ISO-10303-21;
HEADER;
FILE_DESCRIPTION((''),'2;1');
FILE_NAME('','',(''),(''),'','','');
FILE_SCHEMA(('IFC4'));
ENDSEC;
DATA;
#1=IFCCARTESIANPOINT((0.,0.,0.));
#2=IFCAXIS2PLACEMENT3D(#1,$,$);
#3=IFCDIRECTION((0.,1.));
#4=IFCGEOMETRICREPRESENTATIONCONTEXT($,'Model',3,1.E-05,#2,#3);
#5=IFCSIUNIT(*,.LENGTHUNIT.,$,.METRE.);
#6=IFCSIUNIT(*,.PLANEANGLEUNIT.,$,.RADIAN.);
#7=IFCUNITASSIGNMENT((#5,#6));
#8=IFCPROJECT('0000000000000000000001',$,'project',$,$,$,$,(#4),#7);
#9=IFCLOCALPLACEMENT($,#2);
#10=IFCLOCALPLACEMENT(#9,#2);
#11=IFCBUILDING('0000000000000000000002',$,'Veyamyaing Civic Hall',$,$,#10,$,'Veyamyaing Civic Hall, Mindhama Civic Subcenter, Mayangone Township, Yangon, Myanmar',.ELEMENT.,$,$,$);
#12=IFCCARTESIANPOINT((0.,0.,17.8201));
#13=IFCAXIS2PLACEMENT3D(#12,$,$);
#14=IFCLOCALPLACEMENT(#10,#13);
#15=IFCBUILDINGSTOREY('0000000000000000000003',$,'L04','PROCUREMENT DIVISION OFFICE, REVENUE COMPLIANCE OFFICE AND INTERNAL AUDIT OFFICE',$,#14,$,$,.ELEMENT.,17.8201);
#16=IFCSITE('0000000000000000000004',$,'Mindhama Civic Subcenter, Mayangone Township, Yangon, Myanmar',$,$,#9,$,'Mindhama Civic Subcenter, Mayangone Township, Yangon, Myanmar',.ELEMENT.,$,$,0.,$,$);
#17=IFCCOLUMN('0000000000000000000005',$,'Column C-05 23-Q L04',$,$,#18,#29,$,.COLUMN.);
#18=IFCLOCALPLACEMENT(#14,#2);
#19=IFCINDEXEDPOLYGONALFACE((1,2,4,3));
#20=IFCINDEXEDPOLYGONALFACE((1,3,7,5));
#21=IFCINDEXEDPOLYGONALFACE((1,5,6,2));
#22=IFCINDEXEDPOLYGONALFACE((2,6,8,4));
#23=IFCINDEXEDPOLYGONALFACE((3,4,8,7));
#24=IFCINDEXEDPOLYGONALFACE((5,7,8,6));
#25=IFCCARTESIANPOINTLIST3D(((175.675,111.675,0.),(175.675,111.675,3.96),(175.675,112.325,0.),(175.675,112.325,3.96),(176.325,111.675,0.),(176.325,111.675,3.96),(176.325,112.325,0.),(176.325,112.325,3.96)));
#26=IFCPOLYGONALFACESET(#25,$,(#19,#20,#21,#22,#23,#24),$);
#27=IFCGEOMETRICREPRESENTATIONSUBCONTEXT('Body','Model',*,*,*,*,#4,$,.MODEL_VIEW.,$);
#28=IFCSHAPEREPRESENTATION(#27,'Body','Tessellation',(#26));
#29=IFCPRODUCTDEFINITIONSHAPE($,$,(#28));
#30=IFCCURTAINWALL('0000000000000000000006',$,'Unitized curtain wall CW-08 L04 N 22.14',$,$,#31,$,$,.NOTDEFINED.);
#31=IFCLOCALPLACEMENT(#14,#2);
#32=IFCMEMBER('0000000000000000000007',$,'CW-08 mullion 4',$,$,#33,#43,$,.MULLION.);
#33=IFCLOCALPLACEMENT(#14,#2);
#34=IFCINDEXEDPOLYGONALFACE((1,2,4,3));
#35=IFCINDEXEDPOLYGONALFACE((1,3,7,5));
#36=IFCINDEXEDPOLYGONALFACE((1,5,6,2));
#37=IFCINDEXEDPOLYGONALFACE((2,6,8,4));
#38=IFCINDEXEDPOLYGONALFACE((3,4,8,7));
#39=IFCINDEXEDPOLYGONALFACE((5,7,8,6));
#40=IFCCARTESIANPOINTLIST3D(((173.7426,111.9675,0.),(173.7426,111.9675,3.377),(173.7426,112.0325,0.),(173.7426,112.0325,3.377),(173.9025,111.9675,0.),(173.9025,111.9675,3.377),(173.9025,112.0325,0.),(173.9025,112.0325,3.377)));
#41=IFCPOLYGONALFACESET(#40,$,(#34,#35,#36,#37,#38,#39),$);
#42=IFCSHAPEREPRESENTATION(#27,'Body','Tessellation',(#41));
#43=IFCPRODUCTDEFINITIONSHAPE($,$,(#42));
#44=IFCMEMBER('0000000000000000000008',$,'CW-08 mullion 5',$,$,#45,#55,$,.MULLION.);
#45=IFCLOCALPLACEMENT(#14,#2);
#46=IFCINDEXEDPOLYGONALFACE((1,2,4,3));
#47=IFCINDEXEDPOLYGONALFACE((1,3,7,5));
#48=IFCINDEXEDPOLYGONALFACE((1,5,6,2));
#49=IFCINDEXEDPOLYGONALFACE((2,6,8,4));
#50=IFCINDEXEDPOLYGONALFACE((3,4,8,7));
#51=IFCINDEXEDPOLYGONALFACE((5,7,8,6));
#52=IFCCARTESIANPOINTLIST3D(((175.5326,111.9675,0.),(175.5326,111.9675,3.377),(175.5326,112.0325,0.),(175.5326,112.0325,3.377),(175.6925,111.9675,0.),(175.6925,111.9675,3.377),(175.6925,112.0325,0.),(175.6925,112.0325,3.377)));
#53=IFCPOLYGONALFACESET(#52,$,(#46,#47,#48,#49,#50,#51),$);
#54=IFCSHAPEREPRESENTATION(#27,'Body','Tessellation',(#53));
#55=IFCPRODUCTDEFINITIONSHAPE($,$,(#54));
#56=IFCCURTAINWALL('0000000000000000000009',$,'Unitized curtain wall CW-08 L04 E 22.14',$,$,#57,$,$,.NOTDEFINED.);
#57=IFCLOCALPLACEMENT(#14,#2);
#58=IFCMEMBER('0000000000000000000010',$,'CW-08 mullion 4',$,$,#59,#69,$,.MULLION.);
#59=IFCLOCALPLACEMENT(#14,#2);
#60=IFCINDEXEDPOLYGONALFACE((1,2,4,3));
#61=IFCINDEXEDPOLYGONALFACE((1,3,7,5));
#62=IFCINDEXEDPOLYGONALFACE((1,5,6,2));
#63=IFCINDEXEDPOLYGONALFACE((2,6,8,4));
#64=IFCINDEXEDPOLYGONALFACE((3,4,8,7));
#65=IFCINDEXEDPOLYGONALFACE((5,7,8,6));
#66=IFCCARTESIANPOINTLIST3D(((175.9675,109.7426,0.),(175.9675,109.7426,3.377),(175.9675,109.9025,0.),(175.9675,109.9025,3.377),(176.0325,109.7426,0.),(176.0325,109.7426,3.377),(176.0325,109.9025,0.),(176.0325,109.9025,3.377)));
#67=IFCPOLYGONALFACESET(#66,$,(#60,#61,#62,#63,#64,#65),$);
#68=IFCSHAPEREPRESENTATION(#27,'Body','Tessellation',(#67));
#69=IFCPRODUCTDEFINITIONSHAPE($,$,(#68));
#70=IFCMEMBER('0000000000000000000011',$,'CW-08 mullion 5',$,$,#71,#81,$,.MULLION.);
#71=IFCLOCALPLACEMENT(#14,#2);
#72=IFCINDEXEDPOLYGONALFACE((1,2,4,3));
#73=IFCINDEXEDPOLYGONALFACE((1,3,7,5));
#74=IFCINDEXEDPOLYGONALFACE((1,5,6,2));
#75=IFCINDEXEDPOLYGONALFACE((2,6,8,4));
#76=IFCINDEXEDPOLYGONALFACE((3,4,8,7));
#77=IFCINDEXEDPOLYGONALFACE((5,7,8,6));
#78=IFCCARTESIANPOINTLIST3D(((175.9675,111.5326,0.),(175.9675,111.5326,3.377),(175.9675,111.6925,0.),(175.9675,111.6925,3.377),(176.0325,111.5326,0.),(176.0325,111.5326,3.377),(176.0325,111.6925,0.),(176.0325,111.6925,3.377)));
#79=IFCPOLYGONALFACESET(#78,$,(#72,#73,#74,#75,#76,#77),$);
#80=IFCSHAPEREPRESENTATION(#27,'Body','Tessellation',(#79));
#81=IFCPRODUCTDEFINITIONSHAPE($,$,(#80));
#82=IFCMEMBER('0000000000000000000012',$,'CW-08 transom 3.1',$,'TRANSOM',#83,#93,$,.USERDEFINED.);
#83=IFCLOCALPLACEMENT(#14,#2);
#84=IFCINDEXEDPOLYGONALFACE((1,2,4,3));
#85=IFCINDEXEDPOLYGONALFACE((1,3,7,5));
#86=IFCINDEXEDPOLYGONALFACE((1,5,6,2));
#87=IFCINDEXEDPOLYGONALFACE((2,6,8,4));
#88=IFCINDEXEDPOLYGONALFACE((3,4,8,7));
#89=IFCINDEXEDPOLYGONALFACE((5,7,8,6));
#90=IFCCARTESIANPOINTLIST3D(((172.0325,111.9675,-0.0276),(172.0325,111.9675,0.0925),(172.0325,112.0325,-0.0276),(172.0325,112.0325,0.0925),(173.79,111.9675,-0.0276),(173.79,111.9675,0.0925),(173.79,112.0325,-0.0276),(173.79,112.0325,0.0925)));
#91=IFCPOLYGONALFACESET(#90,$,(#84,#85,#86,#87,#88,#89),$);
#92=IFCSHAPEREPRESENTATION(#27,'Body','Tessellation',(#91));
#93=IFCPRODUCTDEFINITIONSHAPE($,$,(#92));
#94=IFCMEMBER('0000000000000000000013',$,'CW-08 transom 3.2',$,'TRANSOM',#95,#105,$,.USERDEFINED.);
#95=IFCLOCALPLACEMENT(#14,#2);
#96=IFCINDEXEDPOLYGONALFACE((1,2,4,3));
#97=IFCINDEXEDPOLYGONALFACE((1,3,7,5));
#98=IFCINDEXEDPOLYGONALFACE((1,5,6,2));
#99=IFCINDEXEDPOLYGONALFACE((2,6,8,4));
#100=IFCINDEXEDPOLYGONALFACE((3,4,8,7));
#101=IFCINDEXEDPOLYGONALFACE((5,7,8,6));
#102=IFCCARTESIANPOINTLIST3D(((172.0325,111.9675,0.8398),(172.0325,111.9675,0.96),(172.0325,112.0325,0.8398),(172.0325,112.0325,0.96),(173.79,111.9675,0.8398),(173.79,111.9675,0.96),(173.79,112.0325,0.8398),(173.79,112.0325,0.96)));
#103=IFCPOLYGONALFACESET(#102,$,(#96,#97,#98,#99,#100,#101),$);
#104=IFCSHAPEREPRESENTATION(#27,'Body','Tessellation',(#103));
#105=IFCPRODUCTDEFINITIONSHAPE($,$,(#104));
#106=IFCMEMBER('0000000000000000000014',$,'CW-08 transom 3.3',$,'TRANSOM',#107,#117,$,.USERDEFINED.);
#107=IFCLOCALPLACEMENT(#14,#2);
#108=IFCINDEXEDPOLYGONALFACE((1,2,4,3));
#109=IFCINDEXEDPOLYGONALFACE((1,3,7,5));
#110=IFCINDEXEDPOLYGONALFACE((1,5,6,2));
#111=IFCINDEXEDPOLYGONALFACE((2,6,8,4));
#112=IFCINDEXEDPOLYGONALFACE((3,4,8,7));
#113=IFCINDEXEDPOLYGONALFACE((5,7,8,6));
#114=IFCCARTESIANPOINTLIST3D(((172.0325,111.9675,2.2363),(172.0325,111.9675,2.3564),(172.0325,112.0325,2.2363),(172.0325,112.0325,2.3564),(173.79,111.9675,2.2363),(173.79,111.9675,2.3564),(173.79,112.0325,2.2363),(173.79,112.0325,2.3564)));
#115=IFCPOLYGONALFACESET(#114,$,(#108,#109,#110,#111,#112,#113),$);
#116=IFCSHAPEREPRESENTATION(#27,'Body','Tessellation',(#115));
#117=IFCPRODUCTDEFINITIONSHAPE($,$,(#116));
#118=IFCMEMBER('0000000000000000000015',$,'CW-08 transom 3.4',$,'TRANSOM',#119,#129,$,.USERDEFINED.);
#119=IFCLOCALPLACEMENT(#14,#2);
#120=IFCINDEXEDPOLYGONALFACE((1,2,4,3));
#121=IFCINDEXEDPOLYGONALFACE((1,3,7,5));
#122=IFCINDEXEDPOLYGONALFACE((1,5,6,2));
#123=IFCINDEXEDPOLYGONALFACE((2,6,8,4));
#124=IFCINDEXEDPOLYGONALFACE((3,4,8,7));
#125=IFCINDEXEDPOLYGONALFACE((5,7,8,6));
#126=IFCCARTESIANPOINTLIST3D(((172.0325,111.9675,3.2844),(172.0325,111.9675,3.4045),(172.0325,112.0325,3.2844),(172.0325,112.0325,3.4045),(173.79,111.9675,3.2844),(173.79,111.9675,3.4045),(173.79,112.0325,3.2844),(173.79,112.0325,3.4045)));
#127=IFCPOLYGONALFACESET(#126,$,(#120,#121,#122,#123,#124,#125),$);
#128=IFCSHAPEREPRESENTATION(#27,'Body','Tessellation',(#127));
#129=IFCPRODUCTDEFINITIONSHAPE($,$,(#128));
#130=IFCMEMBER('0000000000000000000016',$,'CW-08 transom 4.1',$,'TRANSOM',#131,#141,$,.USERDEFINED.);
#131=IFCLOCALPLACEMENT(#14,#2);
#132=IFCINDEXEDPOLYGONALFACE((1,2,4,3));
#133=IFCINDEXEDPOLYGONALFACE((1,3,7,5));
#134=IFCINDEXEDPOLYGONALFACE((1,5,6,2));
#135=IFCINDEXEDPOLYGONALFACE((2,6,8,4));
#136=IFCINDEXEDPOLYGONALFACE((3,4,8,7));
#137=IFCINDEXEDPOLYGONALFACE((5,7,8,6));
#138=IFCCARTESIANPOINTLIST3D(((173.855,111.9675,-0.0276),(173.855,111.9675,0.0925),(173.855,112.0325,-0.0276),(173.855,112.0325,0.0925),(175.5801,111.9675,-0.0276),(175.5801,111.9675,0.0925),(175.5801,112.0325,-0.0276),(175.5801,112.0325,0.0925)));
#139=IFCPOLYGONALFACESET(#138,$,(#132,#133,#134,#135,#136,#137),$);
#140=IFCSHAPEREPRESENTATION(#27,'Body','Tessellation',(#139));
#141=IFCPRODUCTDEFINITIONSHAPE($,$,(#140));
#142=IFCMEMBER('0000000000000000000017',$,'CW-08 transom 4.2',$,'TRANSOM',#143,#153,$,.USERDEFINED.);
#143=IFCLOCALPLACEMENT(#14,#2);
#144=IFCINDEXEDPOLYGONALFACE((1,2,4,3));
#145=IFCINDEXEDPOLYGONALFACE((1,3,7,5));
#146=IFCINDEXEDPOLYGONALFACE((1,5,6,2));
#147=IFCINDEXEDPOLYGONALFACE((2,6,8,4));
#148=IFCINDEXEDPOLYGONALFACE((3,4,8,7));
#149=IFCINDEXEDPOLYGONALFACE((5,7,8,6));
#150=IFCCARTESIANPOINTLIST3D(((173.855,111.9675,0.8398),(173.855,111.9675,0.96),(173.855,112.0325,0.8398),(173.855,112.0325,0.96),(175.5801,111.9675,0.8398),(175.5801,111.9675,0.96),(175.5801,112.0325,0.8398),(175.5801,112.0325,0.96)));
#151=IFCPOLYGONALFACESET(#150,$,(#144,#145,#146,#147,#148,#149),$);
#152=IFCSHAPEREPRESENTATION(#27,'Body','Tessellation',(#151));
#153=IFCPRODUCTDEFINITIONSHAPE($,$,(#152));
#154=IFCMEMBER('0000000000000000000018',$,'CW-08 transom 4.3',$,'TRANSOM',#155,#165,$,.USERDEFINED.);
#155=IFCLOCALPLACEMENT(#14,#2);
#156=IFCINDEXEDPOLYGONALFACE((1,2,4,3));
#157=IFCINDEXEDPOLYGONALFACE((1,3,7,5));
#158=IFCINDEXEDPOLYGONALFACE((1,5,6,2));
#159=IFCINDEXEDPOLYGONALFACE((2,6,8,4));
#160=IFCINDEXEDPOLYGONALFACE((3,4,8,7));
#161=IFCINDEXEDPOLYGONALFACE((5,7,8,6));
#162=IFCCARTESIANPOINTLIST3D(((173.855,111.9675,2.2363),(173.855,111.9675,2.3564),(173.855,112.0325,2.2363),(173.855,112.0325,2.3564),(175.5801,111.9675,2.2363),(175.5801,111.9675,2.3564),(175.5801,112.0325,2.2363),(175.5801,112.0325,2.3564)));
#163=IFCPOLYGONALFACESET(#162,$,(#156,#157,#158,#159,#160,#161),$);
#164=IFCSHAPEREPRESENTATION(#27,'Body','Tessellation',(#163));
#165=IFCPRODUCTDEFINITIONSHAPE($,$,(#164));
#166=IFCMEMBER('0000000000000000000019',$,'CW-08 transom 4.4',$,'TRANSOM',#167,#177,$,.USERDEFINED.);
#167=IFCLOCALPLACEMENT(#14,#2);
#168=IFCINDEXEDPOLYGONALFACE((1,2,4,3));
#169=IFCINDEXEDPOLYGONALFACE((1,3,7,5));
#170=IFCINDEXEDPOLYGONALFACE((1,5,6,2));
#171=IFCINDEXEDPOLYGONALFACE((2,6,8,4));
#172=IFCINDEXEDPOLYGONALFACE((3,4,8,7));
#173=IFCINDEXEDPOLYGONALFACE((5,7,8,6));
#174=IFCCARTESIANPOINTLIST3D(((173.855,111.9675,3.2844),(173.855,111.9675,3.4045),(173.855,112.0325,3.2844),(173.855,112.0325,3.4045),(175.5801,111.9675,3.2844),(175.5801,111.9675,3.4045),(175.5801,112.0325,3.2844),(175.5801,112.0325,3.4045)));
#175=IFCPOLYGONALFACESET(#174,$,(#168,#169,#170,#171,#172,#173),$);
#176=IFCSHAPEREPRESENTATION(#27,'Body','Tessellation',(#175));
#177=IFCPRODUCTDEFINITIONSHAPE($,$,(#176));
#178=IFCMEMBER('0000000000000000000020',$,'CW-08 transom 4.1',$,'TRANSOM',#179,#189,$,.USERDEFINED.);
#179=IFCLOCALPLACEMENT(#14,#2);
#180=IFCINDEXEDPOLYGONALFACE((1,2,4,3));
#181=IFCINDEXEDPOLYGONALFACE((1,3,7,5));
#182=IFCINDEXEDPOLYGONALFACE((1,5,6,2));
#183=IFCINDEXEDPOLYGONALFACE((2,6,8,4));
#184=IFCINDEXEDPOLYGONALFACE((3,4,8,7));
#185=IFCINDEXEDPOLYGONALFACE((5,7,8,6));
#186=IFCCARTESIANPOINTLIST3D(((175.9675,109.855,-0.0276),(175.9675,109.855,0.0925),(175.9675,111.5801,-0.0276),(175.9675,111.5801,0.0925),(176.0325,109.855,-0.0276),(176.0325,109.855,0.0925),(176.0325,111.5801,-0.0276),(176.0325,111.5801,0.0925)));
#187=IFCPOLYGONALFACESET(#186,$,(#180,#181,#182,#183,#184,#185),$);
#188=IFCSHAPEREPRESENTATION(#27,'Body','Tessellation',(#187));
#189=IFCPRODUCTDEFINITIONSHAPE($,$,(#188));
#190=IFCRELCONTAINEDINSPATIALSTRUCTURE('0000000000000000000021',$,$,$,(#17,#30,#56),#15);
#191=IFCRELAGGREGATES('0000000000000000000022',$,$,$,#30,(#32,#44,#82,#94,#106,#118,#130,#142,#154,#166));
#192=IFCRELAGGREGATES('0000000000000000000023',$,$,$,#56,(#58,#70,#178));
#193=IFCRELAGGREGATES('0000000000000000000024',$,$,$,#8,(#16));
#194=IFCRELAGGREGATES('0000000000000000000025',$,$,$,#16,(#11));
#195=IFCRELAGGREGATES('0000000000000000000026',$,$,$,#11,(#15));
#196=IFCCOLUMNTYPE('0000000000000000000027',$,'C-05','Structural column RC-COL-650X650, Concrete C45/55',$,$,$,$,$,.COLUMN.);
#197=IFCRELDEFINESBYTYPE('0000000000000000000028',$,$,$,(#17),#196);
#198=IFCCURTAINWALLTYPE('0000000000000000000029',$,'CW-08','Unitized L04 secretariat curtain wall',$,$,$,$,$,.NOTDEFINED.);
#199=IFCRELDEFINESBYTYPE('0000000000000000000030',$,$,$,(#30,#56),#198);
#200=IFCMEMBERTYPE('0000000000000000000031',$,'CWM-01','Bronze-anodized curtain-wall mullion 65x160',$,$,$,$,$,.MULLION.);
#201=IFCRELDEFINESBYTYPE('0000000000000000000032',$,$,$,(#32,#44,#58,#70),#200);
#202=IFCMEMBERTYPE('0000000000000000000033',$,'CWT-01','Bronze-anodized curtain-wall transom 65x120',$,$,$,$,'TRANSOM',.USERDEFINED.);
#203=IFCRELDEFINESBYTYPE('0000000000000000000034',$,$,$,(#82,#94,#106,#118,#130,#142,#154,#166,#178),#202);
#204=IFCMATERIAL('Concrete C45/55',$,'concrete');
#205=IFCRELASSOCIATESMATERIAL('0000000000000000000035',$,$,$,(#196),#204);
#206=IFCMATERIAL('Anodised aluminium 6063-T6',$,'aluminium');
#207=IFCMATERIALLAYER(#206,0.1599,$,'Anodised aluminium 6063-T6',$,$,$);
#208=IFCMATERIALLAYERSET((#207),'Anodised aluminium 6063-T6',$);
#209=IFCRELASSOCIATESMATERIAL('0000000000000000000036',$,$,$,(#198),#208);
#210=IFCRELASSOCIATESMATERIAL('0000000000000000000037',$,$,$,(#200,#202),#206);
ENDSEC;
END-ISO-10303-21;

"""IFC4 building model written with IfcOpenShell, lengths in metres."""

from ifc_helpers import new_model, si_unit, direction, frame, origin, origin_2d, place, context, subcontext, project, spatial, rectangle, extrude, material, layer, layer_set, material_profile, profile_set, type_object, element, aggregate, save


model = new_model("IFC4")

# Units and contexts
model_context = context("Model", 3, precision=1e-05, world=origin(), true_north=direction((0.0, 1.0)))
body_context = subcontext(model_context, "Body", "Model", "MODEL_VIEW")
ifc_project = project(units=[si_unit("LENGTHUNIT", "METRE"), si_unit("PLANEANGLEUNIT", "RADIAN")], contexts=[model_context])

# Site, building, storey
site_placement = place(None, origin())
site = spatial("IfcSite", under=ifc_project, at=site_placement, Name="Mindhama Civic Subcenter, Mayangone Township, Yangon, Myanmar", LongName="Mindhama Civic Subcenter, Mayangone Township, Yangon, Myanmar", CompositionType="ELEMENT", RefElevation=0.0)
building_placement = place(site_placement, origin())
building = spatial("IfcBuilding", under=site, at=building_placement, Name="Veyamyaing Civic Hall", LongName="Veyamyaing Civic Hall, Mindhama Civic Subcenter, Mayangone Township, Yangon, Myanmar", CompositionType="ELEMENT")
storey_placement = place(building_placement, frame((0.0, 0.0, 17.8201)))
storey = spatial("IfcBuildingStorey", under=building, at=storey_placement, Name="L04", Description="PROCUREMENT DIVISION OFFICE, REVENUE COMPLIANCE OFFICE AND INTERNAL AUDIT OFFICE", CompositionType="ELEMENT", Elevation=17.8201)

# Column
ifc_material_1 = material(Name="Concrete C45/55", Category="concrete")
ifc_material_profile_1 = material_profile(ifc_material_1, rectangle(XDim=0.6499, YDim=0.6499, at=origin_2d()), Name="RC-COL-650X650")
ifc_profile_set_1 = profile_set([ifc_material_profile_1], Name="Concrete C45/55")
column_type = type_object("IfcColumnType", Name="C-05", Description="Structural column RC-COL-650X650, Concrete C45/55", PredefinedType="COLUMN", material=ifc_profile_set_1)
column_placement = place(storey_placement, frame((176.0, 112.0, 0.0), z_axis=(0.0, 0.0, 1.0), x_axis=(1.0, 0.0, 0.0)))
element("IfcColumn", 1, at=column_placement, inside=storey, type_object=column_type, Name="Column C-05 23-Q L04", PredefinedType="COLUMN", context=body_context, shape_type="SweptSolid", body=[
    extrude(rectangle(XDim=0.6499, YDim=0.6499, at=origin_2d()), origin(), (0.0, 0.0, 1.0), 3.96),
])

# Curtain walls, members
ifc_material_2 = material(Name="Anodised aluminium 6063-T6", Category="aluminium")
ifc_layer_1 = layer(ifc_material_2, 0.1599, Name="Anodised aluminium 6063-T6")
ifc_layer_set_1 = layer_set([ifc_layer_1], Name="Anodised aluminium 6063-T6")
curtain_wall_type = type_object("IfcCurtainWallType", Name="CW-08", Description="Unitized L04 secretariat curtain wall", PredefinedType="NOTDEFINED", material=ifc_layer_set_1)
curtain_wall_1_placement = place(storey_placement, origin())
curtain_wall_1 = element("IfcCurtainWall", 2, at=curtain_wall_1_placement, inside=storey, type_object=curtain_wall_type, Name="Unitized curtain wall CW-08 L04 N 22.14", PredefinedType="NOTDEFINED")
ifc_material_profile_2 = material_profile(ifc_material_2, rectangle(XDim=0.0649, YDim=0.1599, at=origin_2d()), Name="ALU-MUL-65X160")
ifc_profile_set_2 = profile_set([ifc_material_profile_2], Name="Anodised aluminium 6063-T6")
member_type_1 = type_object("IfcMemberType", Name="CWM-01", Description="Bronze-anodized curtain-wall mullion 65x160", PredefinedType="MULLION", material=ifc_profile_set_2)
member_1_placement = place(storey_placement, frame((173.8225, 112.0, 0.0), z_axis=(0.0, 0.0, 1.0), x_axis=(0.0, 1.0, 0.0)))
member_1 = element("IfcMember", 3, at=member_1_placement, type_object=member_type_1, Name="CW-08 mullion 4", PredefinedType="MULLION", context=body_context, shape_type="SweptSolid", body=[
    extrude(rectangle(XDim=0.0649, YDim=0.1599, at=origin_2d()), origin(), (0.0, 0.0, 1.0), 3.377),
])
member_2_placement = place(storey_placement, frame((175.6125, 112.0, 0.0), z_axis=(0.0, 0.0, 1.0), x_axis=(0.0, 1.0, 0.0)))
member_2 = element("IfcMember", 4, at=member_2_placement, type_object=member_type_1, Name="CW-08 mullion 5", PredefinedType="MULLION", context=body_context, shape_type="SweptSolid", body=[
    extrude(rectangle(XDim=0.0649, YDim=0.1599, at=origin_2d()), origin(), (0.0, 0.0, 1.0), 3.377),
])
curtain_wall_2_placement = place(storey_placement, origin())
curtain_wall_2 = element("IfcCurtainWall", 5, at=curtain_wall_2_placement, inside=storey, type_object=curtain_wall_type, Name="Unitized curtain wall CW-08 L04 E 22.14", PredefinedType="NOTDEFINED")
member_3_placement = place(storey_placement, frame((176.0, 109.8225, 0.0), z_axis=(0.0, 0.0, 1.0), x_axis=(-1.0, 0.0, 0.0)))
member_3 = element("IfcMember", 6, at=member_3_placement, type_object=member_type_1, Name="CW-08 mullion 4", PredefinedType="MULLION", context=body_context, shape_type="SweptSolid", body=[
    extrude(rectangle(XDim=0.0649, YDim=0.1599, at=origin_2d()), origin(), (0.0, 0.0, 1.0), 3.377),
])
member_4_placement = place(storey_placement, frame((176.0, 111.6125, 0.0), z_axis=(0.0, 0.0, 1.0), x_axis=(-1.0, 0.0, 0.0)))
member_4 = element("IfcMember", 7, at=member_4_placement, type_object=member_type_1, Name="CW-08 mullion 5", PredefinedType="MULLION", context=body_context, shape_type="SweptSolid", body=[
    extrude(rectangle(XDim=0.0649, YDim=0.1599, at=origin_2d()), origin(), (0.0, 0.0, 1.0), 3.377),
])

# Members
ifc_material_profile_3 = material_profile(ifc_material_2, rectangle(XDim=0.0649, YDim=0.1201, at=origin_2d()), Name="ALU-TRN-65X120")
ifc_profile_set_3 = profile_set([ifc_material_profile_3], Name="Anodised aluminium 6063-T6")
member_type_2 = type_object("IfcMemberType", Name="CWT-01", Description="Bronze-anodized curtain-wall transom 65x120", ElementType="TRANSOM", PredefinedType="USERDEFINED", material=ifc_profile_set_3)
member_5_placement = place(storey_placement, frame((172.0325, 112.0, 0.0325), z_axis=(1.0, 0.0, 0.0), x_axis=(0.0, 1.0, 0.0)))
member_5 = element("IfcMember", 8, at=member_5_placement, type_object=member_type_2, Name="CW-08 transom 3.1", ObjectType="TRANSOM", PredefinedType="USERDEFINED", context=body_context, shape_type="SweptSolid", body=[
    extrude(rectangle(XDim=0.0649, YDim=0.1201, at=origin_2d()), origin(), (0.0, 0.0, 1.0), 1.7576),
])
member_6_placement = place(storey_placement, frame((172.0325, 112.0, 0.8999), z_axis=(1.0, 0.0, 0.0), x_axis=(0.0, 1.0, 0.0)))
member_6 = element("IfcMember", 9, at=member_6_placement, type_object=member_type_2, Name="CW-08 transom 3.2", ObjectType="TRANSOM", PredefinedType="USERDEFINED", context=body_context, shape_type="SweptSolid", body=[
    extrude(rectangle(XDim=0.0649, YDim=0.1201, at=origin_2d()), origin(), (0.0, 0.0, 1.0), 1.7576),
])
member_7_placement = place(storey_placement, frame((172.0325, 112.0, 2.2964), z_axis=(1.0, 0.0, 0.0), x_axis=(0.0, 1.0, 0.0)))
member_7 = element("IfcMember", 10, at=member_7_placement, type_object=member_type_2, Name="CW-08 transom 3.3", ObjectType="TRANSOM", PredefinedType="USERDEFINED", context=body_context, shape_type="SweptSolid", body=[
    extrude(rectangle(XDim=0.0649, YDim=0.1201, at=origin_2d()), origin(), (0.0, 0.0, 1.0), 1.7576),
])
member_8_placement = place(storey_placement, frame((172.0325, 112.0, 3.3445), z_axis=(1.0, 0.0, 0.0), x_axis=(0.0, 1.0, 0.0)))
member_8 = element("IfcMember", 11, at=member_8_placement, type_object=member_type_2, Name="CW-08 transom 3.4", ObjectType="TRANSOM", PredefinedType="USERDEFINED", context=body_context, shape_type="SweptSolid", body=[
    extrude(rectangle(XDim=0.0649, YDim=0.1201, at=origin_2d()), origin(), (0.0, 0.0, 1.0), 1.7576),
])
member_9_placement = place(storey_placement, frame((173.855, 112.0, 0.0325), z_axis=(1.0, 0.0, 0.0), x_axis=(0.0, 1.0, 0.0)))
member_9 = element("IfcMember", 12, at=member_9_placement, type_object=member_type_2, Name="CW-08 transom 4.1", ObjectType="TRANSOM", PredefinedType="USERDEFINED", context=body_context, shape_type="SweptSolid", body=[
    extrude(rectangle(XDim=0.0649, YDim=0.1201, at=origin_2d()), origin(), (0.0, 0.0, 1.0), 1.7251),
])
member_10_placement = place(storey_placement, frame((173.855, 112.0, 0.8999), z_axis=(1.0, 0.0, 0.0), x_axis=(0.0, 1.0, 0.0)))
member_10 = element("IfcMember", 13, at=member_10_placement, type_object=member_type_2, Name="CW-08 transom 4.2", ObjectType="TRANSOM", PredefinedType="USERDEFINED", context=body_context, shape_type="SweptSolid", body=[
    extrude(rectangle(XDim=0.0649, YDim=0.1201, at=origin_2d()), origin(), (0.0, 0.0, 1.0), 1.7251),
])
member_11_placement = place(storey_placement, frame((173.855, 112.0, 2.2964), z_axis=(1.0, 0.0, 0.0), x_axis=(0.0, 1.0, 0.0)))
member_11 = element("IfcMember", 14, at=member_11_placement, type_object=member_type_2, Name="CW-08 transom 4.3", ObjectType="TRANSOM", PredefinedType="USERDEFINED", context=body_context, shape_type="SweptSolid", body=[
    extrude(rectangle(XDim=0.0649, YDim=0.1201, at=origin_2d()), origin(), (0.0, 0.0, 1.0), 1.7251),
])
member_12_placement = place(storey_placement, frame((173.855, 112.0, 3.3445), z_axis=(1.0, 0.0, 0.0), x_axis=(0.0, 1.0, 0.0)))
member_12 = element("IfcMember", 15, at=member_12_placement, type_object=member_type_2, Name="CW-08 transom 4.4", ObjectType="TRANSOM", PredefinedType="USERDEFINED", context=body_context, shape_type="SweptSolid", body=[
    extrude(rectangle(XDim=0.0649, YDim=0.1201, at=origin_2d()), origin(), (0.0, 0.0, 1.0), 1.7251),
])
member_13_placement = place(storey_placement, frame((176.0, 109.855, 0.0325), z_axis=(0.0, 1.0, 0.0), x_axis=(-1.0, 0.0, 0.0)))
member_13 = element("IfcMember", 16, at=member_13_placement, type_object=member_type_2, Name="CW-08 transom 4.1", ObjectType="TRANSOM", PredefinedType="USERDEFINED", context=body_context, shape_type="SweptSolid", body=[
    extrude(rectangle(XDim=0.0649, YDim=0.1201, at=origin_2d()), origin(), (0.0, 0.0, 1.0), 1.7251),
])

aggregate(curtain_wall_1, [member_1, member_2, member_5, member_6, member_7, member_8, member_9, member_10, member_11, member_12])
aggregate(curtain_wall_2, [member_3, member_4, member_13])

save(model, "model.ifc")
